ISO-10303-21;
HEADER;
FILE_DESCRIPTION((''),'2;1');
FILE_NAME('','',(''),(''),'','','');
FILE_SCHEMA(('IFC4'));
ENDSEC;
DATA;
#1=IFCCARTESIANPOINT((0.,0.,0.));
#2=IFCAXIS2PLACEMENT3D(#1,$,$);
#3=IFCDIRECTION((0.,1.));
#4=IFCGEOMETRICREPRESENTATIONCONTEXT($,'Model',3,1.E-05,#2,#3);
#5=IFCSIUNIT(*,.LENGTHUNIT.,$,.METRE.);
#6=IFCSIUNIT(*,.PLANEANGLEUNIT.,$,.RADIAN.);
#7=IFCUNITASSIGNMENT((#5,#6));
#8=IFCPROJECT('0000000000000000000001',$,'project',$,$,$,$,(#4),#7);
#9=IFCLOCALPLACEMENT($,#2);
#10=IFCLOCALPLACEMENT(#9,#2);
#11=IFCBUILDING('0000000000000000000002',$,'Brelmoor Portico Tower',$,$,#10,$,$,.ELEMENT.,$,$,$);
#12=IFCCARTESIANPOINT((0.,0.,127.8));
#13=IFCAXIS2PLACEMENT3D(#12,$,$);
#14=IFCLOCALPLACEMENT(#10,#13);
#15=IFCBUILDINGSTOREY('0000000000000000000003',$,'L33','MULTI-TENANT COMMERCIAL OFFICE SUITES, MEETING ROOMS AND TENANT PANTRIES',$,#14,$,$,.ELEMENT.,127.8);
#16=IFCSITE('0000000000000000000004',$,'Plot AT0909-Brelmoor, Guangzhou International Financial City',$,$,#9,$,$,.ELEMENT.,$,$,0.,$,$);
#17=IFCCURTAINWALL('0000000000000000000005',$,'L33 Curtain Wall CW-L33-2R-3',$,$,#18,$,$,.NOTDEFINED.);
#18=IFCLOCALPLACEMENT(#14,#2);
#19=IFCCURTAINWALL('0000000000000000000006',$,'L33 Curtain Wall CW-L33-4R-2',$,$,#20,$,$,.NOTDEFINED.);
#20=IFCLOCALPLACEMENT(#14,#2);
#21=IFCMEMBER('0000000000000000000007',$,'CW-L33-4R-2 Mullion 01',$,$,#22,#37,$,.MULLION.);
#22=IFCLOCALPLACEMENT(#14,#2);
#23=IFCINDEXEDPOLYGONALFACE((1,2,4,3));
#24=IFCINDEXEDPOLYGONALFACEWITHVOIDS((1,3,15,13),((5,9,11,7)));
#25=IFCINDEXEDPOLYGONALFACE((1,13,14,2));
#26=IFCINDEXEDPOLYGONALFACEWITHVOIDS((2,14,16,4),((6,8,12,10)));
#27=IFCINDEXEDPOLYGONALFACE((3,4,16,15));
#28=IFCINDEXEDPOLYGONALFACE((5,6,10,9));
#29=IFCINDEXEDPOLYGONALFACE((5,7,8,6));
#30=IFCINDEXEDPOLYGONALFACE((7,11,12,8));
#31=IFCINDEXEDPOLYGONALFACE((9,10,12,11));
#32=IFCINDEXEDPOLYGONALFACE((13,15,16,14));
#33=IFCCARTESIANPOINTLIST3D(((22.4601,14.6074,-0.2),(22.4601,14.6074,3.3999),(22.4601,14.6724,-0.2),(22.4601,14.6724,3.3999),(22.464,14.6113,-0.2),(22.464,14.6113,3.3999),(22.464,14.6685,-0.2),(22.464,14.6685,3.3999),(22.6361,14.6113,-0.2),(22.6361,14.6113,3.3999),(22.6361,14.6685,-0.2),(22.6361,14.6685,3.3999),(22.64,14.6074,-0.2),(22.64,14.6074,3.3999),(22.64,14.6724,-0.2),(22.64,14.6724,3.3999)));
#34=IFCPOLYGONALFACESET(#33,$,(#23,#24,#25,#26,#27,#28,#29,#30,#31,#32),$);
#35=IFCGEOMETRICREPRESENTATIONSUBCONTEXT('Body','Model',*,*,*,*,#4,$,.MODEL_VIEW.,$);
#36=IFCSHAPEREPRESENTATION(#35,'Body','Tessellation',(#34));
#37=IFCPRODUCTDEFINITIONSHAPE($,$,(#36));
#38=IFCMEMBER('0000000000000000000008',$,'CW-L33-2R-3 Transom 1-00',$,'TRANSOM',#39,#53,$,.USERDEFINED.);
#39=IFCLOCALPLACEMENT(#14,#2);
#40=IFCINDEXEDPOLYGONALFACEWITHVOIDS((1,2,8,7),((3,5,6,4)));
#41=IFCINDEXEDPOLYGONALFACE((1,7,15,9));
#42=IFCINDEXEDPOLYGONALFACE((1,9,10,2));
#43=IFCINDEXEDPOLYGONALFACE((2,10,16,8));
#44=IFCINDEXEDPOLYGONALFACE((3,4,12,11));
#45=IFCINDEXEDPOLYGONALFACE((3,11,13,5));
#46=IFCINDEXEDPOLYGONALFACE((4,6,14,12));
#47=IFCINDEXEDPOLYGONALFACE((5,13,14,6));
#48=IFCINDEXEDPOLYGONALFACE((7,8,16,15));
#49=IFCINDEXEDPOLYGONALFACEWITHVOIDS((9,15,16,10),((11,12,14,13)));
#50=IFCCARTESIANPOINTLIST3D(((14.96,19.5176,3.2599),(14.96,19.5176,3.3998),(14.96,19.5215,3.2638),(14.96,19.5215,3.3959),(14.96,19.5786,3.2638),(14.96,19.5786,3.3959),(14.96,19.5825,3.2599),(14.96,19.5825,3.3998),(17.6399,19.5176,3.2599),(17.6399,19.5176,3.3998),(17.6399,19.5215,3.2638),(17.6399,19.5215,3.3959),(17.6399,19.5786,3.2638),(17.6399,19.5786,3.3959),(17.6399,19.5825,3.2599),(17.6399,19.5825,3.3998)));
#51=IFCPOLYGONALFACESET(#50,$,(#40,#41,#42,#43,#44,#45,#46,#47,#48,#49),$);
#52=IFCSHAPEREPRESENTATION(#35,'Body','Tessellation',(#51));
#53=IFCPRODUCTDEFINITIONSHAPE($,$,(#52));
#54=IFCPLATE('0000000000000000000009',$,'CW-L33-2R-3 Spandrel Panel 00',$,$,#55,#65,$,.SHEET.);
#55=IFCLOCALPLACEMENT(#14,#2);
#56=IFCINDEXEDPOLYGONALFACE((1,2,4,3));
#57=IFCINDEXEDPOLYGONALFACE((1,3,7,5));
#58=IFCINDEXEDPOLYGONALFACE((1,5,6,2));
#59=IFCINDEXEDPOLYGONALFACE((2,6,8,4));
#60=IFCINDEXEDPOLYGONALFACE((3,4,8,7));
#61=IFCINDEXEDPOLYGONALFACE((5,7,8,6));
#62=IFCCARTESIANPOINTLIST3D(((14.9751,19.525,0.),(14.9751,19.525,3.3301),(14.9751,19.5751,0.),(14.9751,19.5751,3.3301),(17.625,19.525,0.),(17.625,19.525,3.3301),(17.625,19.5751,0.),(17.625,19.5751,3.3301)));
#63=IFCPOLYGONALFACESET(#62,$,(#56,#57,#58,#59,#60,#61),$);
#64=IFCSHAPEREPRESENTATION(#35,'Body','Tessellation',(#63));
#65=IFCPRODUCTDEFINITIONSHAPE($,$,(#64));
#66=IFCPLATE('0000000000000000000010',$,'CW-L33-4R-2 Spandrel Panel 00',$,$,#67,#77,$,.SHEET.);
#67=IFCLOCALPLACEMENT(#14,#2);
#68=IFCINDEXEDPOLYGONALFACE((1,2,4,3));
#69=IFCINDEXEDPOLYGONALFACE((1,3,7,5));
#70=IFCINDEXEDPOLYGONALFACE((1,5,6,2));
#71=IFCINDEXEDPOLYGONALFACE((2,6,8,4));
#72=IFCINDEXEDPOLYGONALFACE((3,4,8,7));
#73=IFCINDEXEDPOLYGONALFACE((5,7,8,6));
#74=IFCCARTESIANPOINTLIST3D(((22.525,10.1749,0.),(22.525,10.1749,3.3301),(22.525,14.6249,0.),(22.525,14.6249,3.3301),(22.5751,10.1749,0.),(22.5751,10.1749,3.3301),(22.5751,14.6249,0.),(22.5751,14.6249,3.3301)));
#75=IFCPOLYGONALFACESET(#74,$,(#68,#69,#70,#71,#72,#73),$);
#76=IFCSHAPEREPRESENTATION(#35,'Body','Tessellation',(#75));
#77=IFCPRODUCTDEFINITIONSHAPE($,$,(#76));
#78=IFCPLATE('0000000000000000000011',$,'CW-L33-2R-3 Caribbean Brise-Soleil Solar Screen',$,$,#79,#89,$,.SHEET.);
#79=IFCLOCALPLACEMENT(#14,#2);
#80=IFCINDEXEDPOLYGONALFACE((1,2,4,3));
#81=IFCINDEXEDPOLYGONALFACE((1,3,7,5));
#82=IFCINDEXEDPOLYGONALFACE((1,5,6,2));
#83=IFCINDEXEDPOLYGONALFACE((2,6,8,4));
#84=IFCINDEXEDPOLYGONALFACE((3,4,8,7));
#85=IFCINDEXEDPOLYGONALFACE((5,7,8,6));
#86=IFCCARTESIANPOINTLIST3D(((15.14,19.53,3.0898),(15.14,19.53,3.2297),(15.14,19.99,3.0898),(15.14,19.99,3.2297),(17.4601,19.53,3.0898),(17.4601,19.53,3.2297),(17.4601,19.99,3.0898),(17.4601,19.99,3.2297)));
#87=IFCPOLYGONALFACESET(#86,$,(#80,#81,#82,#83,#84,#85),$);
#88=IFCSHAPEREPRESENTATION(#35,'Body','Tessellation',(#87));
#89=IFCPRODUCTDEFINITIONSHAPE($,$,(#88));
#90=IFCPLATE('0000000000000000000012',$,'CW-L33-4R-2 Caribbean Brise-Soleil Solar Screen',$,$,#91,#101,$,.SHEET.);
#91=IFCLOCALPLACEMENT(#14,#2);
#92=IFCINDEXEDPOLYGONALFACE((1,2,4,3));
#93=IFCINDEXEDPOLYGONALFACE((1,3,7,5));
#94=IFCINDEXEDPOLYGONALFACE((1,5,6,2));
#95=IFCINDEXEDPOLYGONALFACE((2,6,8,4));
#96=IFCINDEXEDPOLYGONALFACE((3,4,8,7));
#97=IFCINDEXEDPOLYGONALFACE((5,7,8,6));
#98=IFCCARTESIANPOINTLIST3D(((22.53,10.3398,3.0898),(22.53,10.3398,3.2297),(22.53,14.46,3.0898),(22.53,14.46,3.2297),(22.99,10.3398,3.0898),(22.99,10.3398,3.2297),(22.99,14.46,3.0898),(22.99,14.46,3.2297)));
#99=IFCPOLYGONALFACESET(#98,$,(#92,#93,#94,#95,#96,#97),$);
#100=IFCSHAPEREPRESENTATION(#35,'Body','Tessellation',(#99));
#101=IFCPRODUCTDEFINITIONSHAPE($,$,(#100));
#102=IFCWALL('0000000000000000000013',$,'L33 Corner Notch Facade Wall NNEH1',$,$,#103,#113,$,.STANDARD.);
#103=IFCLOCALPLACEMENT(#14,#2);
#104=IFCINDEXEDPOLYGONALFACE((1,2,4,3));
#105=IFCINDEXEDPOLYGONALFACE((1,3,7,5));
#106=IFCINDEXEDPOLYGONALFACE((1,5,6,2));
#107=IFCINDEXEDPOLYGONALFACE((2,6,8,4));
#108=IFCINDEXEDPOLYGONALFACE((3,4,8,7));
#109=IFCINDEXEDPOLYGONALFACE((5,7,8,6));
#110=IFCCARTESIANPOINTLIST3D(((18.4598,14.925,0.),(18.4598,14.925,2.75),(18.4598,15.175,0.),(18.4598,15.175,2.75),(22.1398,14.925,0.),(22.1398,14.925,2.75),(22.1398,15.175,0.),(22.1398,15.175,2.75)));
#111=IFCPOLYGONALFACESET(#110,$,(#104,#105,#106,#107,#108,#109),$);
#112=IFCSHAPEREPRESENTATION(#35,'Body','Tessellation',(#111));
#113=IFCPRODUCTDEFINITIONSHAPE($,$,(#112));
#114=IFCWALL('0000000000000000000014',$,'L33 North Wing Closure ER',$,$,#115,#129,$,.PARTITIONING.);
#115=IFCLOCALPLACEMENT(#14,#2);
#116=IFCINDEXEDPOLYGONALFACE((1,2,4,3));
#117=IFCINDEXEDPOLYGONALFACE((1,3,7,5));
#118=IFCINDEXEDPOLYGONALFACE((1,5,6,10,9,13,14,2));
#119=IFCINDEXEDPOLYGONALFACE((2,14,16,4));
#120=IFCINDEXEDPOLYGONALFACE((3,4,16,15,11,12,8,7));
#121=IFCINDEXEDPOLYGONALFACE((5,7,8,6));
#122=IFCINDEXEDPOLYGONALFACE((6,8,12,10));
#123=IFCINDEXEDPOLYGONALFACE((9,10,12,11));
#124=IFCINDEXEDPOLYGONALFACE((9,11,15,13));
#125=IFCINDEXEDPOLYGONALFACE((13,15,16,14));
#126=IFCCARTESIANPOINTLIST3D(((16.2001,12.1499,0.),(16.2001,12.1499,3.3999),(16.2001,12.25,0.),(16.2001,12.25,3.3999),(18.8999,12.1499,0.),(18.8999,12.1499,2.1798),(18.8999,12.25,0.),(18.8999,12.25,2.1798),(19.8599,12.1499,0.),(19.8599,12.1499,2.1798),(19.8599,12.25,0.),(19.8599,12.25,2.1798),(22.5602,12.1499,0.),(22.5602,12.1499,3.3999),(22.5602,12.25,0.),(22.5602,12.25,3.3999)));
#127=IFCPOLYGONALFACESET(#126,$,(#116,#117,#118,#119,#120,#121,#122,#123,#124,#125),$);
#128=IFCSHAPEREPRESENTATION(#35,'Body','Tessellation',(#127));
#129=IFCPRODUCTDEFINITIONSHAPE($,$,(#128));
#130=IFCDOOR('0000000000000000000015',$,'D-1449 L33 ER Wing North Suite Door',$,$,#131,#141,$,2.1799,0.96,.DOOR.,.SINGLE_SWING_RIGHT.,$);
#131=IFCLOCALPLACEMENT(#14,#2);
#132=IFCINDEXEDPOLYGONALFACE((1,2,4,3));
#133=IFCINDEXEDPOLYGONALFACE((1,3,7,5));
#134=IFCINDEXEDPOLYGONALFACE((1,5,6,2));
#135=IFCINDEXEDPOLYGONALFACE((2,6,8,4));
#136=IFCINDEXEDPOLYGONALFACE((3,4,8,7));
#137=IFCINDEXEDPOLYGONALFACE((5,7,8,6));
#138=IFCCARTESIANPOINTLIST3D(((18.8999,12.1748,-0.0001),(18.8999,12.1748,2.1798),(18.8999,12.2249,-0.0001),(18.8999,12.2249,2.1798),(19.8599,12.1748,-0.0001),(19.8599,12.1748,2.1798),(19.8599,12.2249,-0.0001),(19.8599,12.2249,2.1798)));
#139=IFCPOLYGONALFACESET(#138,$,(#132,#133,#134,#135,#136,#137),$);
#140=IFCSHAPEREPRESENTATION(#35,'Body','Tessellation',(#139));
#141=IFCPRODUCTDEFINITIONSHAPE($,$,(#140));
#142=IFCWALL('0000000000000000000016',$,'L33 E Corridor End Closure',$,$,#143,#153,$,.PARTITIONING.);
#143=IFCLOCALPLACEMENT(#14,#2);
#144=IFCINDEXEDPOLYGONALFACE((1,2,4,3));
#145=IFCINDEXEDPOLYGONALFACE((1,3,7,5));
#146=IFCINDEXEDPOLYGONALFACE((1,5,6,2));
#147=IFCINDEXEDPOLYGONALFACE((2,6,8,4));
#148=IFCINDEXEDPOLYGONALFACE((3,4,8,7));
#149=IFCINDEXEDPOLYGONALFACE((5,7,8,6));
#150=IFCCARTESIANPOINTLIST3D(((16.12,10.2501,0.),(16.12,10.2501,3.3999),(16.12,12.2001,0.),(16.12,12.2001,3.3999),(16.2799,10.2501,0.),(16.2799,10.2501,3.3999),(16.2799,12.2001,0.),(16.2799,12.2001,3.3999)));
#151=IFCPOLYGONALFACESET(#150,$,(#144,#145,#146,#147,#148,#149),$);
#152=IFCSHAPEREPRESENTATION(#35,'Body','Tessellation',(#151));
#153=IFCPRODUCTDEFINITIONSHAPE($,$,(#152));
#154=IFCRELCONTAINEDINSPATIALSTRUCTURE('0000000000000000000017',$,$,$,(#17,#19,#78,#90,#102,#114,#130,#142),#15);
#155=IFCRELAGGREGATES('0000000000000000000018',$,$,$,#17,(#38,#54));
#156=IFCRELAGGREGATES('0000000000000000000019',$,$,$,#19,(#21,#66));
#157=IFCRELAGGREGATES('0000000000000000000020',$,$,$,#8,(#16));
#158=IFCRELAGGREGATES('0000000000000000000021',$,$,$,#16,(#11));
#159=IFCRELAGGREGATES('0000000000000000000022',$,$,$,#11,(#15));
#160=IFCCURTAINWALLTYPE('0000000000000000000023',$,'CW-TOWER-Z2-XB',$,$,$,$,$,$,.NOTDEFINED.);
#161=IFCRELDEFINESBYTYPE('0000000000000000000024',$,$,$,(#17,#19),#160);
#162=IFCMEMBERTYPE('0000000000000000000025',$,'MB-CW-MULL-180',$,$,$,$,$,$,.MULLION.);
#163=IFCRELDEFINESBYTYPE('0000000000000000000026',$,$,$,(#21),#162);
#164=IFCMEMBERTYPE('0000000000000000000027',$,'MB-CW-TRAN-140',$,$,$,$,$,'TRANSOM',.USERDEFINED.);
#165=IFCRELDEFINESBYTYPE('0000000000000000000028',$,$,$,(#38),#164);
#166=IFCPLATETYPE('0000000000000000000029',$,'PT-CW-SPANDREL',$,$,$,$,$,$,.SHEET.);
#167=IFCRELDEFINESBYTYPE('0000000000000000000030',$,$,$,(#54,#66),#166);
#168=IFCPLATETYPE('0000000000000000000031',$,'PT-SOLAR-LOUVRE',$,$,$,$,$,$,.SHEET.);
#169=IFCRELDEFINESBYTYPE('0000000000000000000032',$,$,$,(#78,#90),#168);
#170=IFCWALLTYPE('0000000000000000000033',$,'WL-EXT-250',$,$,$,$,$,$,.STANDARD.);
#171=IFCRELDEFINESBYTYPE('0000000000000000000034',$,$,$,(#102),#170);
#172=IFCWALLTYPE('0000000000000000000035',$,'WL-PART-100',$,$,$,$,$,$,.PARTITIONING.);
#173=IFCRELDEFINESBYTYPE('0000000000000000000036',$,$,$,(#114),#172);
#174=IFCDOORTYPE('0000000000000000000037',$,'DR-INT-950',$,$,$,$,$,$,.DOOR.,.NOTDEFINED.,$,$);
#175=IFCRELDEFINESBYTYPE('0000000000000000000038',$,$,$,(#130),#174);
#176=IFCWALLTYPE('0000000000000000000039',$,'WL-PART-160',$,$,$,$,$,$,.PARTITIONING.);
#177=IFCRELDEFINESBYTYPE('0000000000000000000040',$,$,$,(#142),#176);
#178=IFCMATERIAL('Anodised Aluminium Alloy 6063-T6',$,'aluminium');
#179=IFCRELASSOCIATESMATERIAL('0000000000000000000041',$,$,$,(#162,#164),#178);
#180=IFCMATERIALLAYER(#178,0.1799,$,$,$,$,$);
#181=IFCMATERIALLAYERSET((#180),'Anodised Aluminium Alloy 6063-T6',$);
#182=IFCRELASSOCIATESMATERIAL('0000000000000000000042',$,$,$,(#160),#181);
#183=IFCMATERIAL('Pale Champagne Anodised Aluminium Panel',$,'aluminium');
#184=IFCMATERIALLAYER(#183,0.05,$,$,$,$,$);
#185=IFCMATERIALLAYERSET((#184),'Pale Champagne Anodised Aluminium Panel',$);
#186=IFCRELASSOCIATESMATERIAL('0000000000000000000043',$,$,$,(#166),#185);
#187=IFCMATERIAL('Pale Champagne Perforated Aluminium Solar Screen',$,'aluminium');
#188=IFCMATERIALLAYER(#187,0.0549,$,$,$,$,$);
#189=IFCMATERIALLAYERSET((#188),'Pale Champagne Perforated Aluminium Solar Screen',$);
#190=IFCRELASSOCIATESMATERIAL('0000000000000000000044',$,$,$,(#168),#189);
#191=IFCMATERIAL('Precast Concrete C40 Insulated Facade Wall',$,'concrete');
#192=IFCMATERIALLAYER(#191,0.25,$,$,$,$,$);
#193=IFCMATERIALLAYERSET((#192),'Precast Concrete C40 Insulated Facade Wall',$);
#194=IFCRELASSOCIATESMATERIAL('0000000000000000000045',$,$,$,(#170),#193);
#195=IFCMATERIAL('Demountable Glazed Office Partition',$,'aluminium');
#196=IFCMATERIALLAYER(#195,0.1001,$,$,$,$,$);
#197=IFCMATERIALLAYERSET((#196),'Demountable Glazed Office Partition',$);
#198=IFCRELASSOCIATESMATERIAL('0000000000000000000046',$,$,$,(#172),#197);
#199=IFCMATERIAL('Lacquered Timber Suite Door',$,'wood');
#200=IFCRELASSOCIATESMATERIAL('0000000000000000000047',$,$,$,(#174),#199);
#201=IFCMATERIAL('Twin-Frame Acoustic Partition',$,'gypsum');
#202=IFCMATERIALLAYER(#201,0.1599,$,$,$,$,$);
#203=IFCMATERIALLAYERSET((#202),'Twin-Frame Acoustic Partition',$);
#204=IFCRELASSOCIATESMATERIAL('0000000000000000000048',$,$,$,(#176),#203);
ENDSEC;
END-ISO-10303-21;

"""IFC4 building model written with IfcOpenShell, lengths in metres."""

from ifc_helpers import new_model, si_unit, direction, frame, frame_2d, origin, origin_2d, place, context, subcontext, project, spatial, rectangle, hollow_rectangle, extrude, material, layer, layer_set, material_profile, profile_set, type_object, element, fill, aggregate, save


model = new_model("IFC4")

# Units and contexts
model_context = context("Model", 3, precision=1e-05, world=origin(), true_north=direction((0.0, 1.0)))
body_context = subcontext(model_context, "Body", "Model", "MODEL_VIEW")
ifc_project = project(units=[si_unit("LENGTHUNIT", "METRE"), si_unit("PLANEANGLEUNIT", "RADIAN")], contexts=[model_context])

# Site, building, storey
site_placement = place(None, origin())
site = spatial("IfcSite", under=ifc_project, at=site_placement, Name="Plot AT0909-Brelmoor, Guangzhou International Financial City", CompositionType="ELEMENT", RefElevation=0.0)
building_placement = place(site_placement, origin())
building = spatial("IfcBuilding", under=site, at=building_placement, Name="Brelmoor Portico Tower", CompositionType="ELEMENT")
storey_placement = place(building_placement, frame((0.0, 0.0, 127.8)))
storey = spatial("IfcBuildingStorey", under=building, at=storey_placement, Name="L33", Description="MULTI-TENANT COMMERCIAL OFFICE SUITES, MEETING ROOMS AND TENANT PANTRIES", CompositionType="ELEMENT", Elevation=127.8)

# Shared definitions
ifc_material_1 = material(Name="Anodised Aluminium Alloy 6063-T6", Category="aluminium")
ifc_material_profile_1 = material_profile(ifc_material_1, hollow_rectangle(XDim=0.0649, YDim=0.1799, WallThickness=0.0039, at=origin_2d()), Name="ALU MULLION 65x180")
ifc_profile_set_1 = profile_set([ifc_material_profile_1], Name="Anodised Aluminium Alloy 6063-T6")
member_type_1 = type_object("IfcMemberType", Name="MB-CW-MULL-180", PredefinedType="MULLION", material=ifc_profile_set_1)

# Curtain wall
ifc_layer_1 = layer(ifc_material_1, 0.1799)
ifc_layer_set_1 = layer_set([ifc_layer_1], Name="Anodised Aluminium Alloy 6063-T6")
curtain_wall_type_1 = type_object("IfcCurtainWallType", Name="CW-TOWER-Z2-XB", PredefinedType="NOTDEFINED", material=ifc_layer_set_1)
curtain_wall_1_placement = place(storey_placement, origin())
curtain_wall_1 = element("IfcCurtainWall", 1, at=curtain_wall_1_placement, inside=storey, type_object=curtain_wall_type_1, Name="L33 Curtain Wall CW-L33-2R-3", PredefinedType="NOTDEFINED")

# Curtain wall, member
curtain_wall_2_placement = place(storey_placement, origin())
curtain_wall_2 = element("IfcCurtainWall", 2, at=curtain_wall_2_placement, inside=storey, type_object=curtain_wall_type_1, Name="L33 Curtain Wall CW-L33-4R-2", PredefinedType="NOTDEFINED")
member_1_placement = place(storey_placement, frame((22.55, 14.6399, -0.2), z_axis=(0.0, 0.0, 1.0), x_axis=(0.0, 1.0, 0.0)))
member_1 = element("IfcMember", 3, at=member_1_placement, type_object=member_type_1, Name="CW-L33-4R-2 Mullion 01", PredefinedType="MULLION", context=body_context, shape_type="SweptSolid", body=[
    extrude(hollow_rectangle(XDim=0.0649, YDim=0.1799, WallThickness=0.0039, at=origin_2d()), origin(), (0.0, 0.0, 1.0), 3.5999),
])

# Member
ifc_material_profile_2 = material_profile(ifc_material_1, hollow_rectangle(XDim=0.0649, YDim=0.1399, WallThickness=0.0039, at=origin_2d()), Name="ALU TRANSOM 65x140")
ifc_profile_set_2 = profile_set([ifc_material_profile_2], Name="Anodised Aluminium Alloy 6063-T6")
member_type_2 = type_object("IfcMemberType", Name="MB-CW-TRAN-140", ElementType="TRANSOM", PredefinedType="USERDEFINED", material=ifc_profile_set_2)
member_2_placement = place(storey_placement, frame((14.96, 19.55, 3.3298), z_axis=(1.0, 0.0, 0.0), x_axis=(0.0, 1.0, 0.0)))
member_2 = element("IfcMember", 4, at=member_2_placement, type_object=member_type_2, Name="CW-L33-2R-3 Transom 1-00", ObjectType="TRANSOM", PredefinedType="USERDEFINED", context=body_context, shape_type="SweptSolid", body=[
    extrude(hollow_rectangle(XDim=0.0649, YDim=0.1399, WallThickness=0.0039, at=origin_2d()), origin(), (0.0, 0.0, 1.0), 2.6799),
])

# Plates
ifc_material_2 = material(Name="Pale Champagne Anodised Aluminium Panel", Category="aluminium")
ifc_layer_2 = layer(ifc_material_2, 0.05)
ifc_layer_set_2 = layer_set([ifc_layer_2], Name="Pale Champagne Anodised Aluminium Panel")
plate_type_1 = type_object("IfcPlateType", Name="PT-CW-SPANDREL", PredefinedType="SHEET", material=ifc_layer_set_2)
plate_1_placement = place(storey_placement, frame((16.3, 19.55, 0.0), z_axis=(0.0, 0.0, 1.0), x_axis=(1.0, 0.0, 0.0)))
plate_1 = element("IfcPlate", 5, at=plate_1_placement, type_object=plate_type_1, Name="CW-L33-2R-3 Spandrel Panel 00", PredefinedType="SHEET", context=body_context, shape_type="SweptSolid", body=[
    extrude(rectangle(XDim=2.6499, YDim=0.05, at=origin_2d()), origin(), (0.0, 0.0, 1.0), 3.3301),
])
aggregate(curtain_wall_1, [member_2, plate_1])
plate_2_placement = place(storey_placement, frame((22.55, 12.3999, 0.0), z_axis=(0.0, 0.0, 1.0), x_axis=(0.0, 1.0, 0.0)))
plate_2 = element("IfcPlate", 6, at=plate_2_placement, type_object=plate_type_1, Name="CW-L33-4R-2 Spandrel Panel 00", PredefinedType="SHEET", context=body_context, shape_type="SweptSolid", body=[
    extrude(rectangle(XDim=4.45, YDim=0.05, at=origin_2d()), origin(), (0.0, 0.0, 1.0), 3.3301),
])
aggregate(curtain_wall_2, [member_1, plate_2])

# Plates
ifc_material_3 = material(Name="Pale Champagne Perforated Aluminium Solar Screen", Category="aluminium")
ifc_layer_3 = layer(ifc_material_3, 0.0549)
ifc_layer_set_3 = layer_set([ifc_layer_3], Name="Pale Champagne Perforated Aluminium Solar Screen")
plate_type_2 = type_object("IfcPlateType", Name="PT-SOLAR-LOUVRE", PredefinedType="SHEET", material=ifc_layer_set_3)
plate_3_placement = place(storey_placement, frame((16.3, 19.76, 3.0898), z_axis=(0.0, 0.0, 1.0), x_axis=(1.0, 0.0, 0.0)))
element("IfcPlate", 7, at=plate_3_placement, inside=storey, type_object=plate_type_2, Name="CW-L33-2R-3 Caribbean Brise-Soleil Solar Screen", PredefinedType="SHEET", context=body_context, shape_type="SweptSolid", body=[
    extrude(rectangle(XDim=2.3201, YDim=0.46, at=origin_2d()), origin(), (0.0, 0.0, 1.0), 0.1399),
])
plate_4_placement = place(storey_placement, frame((22.76, 12.3999, 3.0898), z_axis=(0.0, 0.0, 1.0), x_axis=(0.0, 1.0, 0.0)))
element("IfcPlate", 8, at=plate_4_placement, inside=storey, type_object=plate_type_2, Name="CW-L33-4R-2 Caribbean Brise-Soleil Solar Screen", PredefinedType="SHEET", context=body_context, shape_type="SweptSolid", body=[
    extrude(rectangle(XDim=4.1201, YDim=0.46, at=origin_2d()), origin(), (0.0, 0.0, 1.0), 0.1399),
])

# Wall
ifc_material_4 = material(Name="Precast Concrete C40 Insulated Facade Wall", Category="concrete")
ifc_layer_4 = layer(ifc_material_4, 0.25)
ifc_layer_set_4 = layer_set([ifc_layer_4], Name="Precast Concrete C40 Insulated Facade Wall")
wall_type_1 = type_object("IfcWallType", Name="WL-EXT-250", PredefinedType="STANDARD", material=ifc_layer_set_4)
for number, where, z_axis, x_axis, name in (
    (9, (18.46, 15.05, 0.0), (0.0, 0.0, 1.0), (1.0, 0.0, 0.0), "L33 Corner Notch Facade Wall NNEH1"),
):
    element("IfcWall", number, at=place(storey_placement, frame(where, z_axis=z_axis, x_axis=x_axis)), inside=storey, type_object=wall_type_1, Name=name, PredefinedType="STANDARD", context=body_context, shape_type="SweptSolid", body=[
        extrude(rectangle(XDim=3.6799, YDim=0.25, at=frame_2d((1.8398, 0.0))), origin(), (0.0, 0.0, 1.0), 2.75),
    ])

# Wall, opening, door
ifc_material_5 = material(Name="Demountable Glazed Office Partition", Category="aluminium")
ifc_layer_5 = layer(ifc_material_5, 0.1001)
ifc_layer_set_5 = layer_set([ifc_layer_5], Name="Demountable Glazed Office Partition")
wall_type_2 = type_object("IfcWallType", Name="WL-PART-100", PredefinedType="PARTITIONING", material=ifc_layer_set_5)
wall_1_placement = place(storey_placement, frame((16.2, 12.2, 0.0), z_axis=(0.0, 0.0, 1.0), x_axis=(1.0, 0.0, 0.0)))
wall_1 = element("IfcWall", 10, at=wall_1_placement, inside=storey, type_object=wall_type_2, Name="L33 North Wing Closure ER", PredefinedType="PARTITIONING", context=body_context, shape_type="SweptSolid", body=[
    extrude(rectangle(XDim=6.3601, YDim=0.1001, at=frame_2d((3.1802, 0.0))), origin(), (0.0, 0.0, 1.0), 3.3999),
])
opening_1_placement = place(wall_1_placement, frame((2.7, 0.0, 0.0)))
opening_1 = element("IfcOpeningElement", 11, at=opening_1_placement, cuts=wall_1, PredefinedType="OPENING", context=body_context, shape_type="SweptSolid", body=[
    extrude(rectangle(XDim=0.96, YDim=2.1799, at=frame_2d((0.48, 1.0898))), frame((0.0, 0.0601, 0.0), z_axis=(0.0, -1.0, 0.0), x_axis=(1.0, 0.0, 0.0)), (0.0, 0.0, 1.0), 0.1201),
])
ifc_material_6 = material(Name="Lacquered Timber Suite Door", Category="wood")
door_type_1 = type_object("IfcDoorType", Name="DR-INT-950", OperationType="NOTDEFINED", PredefinedType="DOOR", material=ifc_material_6)
door_1_placement = place(opening_1_placement, origin())
door_1 = element("IfcDoor", 12, at=door_1_placement, inside=storey, type_object=door_type_1, Name="D-1449 L33 ER Wing North Suite Door", OperationType="SINGLE_SWING_RIGHT", OverallHeight=2.1799, OverallWidth=0.96, PredefinedType="DOOR", context=body_context, shape_type="SweptSolid", body=[
    extrude(rectangle(XDim=0.96, YDim=2.1799, at=frame_2d((0.48, 1.0898))), frame((0.0, 0.0249, 0.0), z_axis=(0.0, -1.0, 0.0), x_axis=(1.0, 0.0, 0.0)), (0.0, 0.0, 1.0), 0.05),
])
fill(opening_1, door_1)
ifc_material_7 = material(Name="Twin-Frame Acoustic Partition", Category="gypsum")
ifc_layer_6 = layer(ifc_material_7, 0.1599)
ifc_layer_set_6 = layer_set([ifc_layer_6], Name="Twin-Frame Acoustic Partition")
wall_type_3 = type_object("IfcWallType", Name="WL-PART-160", PredefinedType="PARTITIONING", material=ifc_layer_set_6)

# Wall
wall_2_placement = place(storey_placement, frame((16.2, 10.25, 0.0), z_axis=(0.0, 0.0, 1.0), x_axis=(0.0, 1.0, 0.0)))
element("IfcWall", 13, at=wall_2_placement, inside=storey, type_object=wall_type_3, Name="L33 E Corridor End Closure", PredefinedType="PARTITIONING", context=body_context, shape_type="SweptSolid", body=[
    extrude(rectangle(XDim=1.95, YDim=0.1599, at=frame_2d((0.9751, 0.0))), origin(), (0.0, 0.0, 1.0), 3.3999),
])

save(model, "model.ifc")
